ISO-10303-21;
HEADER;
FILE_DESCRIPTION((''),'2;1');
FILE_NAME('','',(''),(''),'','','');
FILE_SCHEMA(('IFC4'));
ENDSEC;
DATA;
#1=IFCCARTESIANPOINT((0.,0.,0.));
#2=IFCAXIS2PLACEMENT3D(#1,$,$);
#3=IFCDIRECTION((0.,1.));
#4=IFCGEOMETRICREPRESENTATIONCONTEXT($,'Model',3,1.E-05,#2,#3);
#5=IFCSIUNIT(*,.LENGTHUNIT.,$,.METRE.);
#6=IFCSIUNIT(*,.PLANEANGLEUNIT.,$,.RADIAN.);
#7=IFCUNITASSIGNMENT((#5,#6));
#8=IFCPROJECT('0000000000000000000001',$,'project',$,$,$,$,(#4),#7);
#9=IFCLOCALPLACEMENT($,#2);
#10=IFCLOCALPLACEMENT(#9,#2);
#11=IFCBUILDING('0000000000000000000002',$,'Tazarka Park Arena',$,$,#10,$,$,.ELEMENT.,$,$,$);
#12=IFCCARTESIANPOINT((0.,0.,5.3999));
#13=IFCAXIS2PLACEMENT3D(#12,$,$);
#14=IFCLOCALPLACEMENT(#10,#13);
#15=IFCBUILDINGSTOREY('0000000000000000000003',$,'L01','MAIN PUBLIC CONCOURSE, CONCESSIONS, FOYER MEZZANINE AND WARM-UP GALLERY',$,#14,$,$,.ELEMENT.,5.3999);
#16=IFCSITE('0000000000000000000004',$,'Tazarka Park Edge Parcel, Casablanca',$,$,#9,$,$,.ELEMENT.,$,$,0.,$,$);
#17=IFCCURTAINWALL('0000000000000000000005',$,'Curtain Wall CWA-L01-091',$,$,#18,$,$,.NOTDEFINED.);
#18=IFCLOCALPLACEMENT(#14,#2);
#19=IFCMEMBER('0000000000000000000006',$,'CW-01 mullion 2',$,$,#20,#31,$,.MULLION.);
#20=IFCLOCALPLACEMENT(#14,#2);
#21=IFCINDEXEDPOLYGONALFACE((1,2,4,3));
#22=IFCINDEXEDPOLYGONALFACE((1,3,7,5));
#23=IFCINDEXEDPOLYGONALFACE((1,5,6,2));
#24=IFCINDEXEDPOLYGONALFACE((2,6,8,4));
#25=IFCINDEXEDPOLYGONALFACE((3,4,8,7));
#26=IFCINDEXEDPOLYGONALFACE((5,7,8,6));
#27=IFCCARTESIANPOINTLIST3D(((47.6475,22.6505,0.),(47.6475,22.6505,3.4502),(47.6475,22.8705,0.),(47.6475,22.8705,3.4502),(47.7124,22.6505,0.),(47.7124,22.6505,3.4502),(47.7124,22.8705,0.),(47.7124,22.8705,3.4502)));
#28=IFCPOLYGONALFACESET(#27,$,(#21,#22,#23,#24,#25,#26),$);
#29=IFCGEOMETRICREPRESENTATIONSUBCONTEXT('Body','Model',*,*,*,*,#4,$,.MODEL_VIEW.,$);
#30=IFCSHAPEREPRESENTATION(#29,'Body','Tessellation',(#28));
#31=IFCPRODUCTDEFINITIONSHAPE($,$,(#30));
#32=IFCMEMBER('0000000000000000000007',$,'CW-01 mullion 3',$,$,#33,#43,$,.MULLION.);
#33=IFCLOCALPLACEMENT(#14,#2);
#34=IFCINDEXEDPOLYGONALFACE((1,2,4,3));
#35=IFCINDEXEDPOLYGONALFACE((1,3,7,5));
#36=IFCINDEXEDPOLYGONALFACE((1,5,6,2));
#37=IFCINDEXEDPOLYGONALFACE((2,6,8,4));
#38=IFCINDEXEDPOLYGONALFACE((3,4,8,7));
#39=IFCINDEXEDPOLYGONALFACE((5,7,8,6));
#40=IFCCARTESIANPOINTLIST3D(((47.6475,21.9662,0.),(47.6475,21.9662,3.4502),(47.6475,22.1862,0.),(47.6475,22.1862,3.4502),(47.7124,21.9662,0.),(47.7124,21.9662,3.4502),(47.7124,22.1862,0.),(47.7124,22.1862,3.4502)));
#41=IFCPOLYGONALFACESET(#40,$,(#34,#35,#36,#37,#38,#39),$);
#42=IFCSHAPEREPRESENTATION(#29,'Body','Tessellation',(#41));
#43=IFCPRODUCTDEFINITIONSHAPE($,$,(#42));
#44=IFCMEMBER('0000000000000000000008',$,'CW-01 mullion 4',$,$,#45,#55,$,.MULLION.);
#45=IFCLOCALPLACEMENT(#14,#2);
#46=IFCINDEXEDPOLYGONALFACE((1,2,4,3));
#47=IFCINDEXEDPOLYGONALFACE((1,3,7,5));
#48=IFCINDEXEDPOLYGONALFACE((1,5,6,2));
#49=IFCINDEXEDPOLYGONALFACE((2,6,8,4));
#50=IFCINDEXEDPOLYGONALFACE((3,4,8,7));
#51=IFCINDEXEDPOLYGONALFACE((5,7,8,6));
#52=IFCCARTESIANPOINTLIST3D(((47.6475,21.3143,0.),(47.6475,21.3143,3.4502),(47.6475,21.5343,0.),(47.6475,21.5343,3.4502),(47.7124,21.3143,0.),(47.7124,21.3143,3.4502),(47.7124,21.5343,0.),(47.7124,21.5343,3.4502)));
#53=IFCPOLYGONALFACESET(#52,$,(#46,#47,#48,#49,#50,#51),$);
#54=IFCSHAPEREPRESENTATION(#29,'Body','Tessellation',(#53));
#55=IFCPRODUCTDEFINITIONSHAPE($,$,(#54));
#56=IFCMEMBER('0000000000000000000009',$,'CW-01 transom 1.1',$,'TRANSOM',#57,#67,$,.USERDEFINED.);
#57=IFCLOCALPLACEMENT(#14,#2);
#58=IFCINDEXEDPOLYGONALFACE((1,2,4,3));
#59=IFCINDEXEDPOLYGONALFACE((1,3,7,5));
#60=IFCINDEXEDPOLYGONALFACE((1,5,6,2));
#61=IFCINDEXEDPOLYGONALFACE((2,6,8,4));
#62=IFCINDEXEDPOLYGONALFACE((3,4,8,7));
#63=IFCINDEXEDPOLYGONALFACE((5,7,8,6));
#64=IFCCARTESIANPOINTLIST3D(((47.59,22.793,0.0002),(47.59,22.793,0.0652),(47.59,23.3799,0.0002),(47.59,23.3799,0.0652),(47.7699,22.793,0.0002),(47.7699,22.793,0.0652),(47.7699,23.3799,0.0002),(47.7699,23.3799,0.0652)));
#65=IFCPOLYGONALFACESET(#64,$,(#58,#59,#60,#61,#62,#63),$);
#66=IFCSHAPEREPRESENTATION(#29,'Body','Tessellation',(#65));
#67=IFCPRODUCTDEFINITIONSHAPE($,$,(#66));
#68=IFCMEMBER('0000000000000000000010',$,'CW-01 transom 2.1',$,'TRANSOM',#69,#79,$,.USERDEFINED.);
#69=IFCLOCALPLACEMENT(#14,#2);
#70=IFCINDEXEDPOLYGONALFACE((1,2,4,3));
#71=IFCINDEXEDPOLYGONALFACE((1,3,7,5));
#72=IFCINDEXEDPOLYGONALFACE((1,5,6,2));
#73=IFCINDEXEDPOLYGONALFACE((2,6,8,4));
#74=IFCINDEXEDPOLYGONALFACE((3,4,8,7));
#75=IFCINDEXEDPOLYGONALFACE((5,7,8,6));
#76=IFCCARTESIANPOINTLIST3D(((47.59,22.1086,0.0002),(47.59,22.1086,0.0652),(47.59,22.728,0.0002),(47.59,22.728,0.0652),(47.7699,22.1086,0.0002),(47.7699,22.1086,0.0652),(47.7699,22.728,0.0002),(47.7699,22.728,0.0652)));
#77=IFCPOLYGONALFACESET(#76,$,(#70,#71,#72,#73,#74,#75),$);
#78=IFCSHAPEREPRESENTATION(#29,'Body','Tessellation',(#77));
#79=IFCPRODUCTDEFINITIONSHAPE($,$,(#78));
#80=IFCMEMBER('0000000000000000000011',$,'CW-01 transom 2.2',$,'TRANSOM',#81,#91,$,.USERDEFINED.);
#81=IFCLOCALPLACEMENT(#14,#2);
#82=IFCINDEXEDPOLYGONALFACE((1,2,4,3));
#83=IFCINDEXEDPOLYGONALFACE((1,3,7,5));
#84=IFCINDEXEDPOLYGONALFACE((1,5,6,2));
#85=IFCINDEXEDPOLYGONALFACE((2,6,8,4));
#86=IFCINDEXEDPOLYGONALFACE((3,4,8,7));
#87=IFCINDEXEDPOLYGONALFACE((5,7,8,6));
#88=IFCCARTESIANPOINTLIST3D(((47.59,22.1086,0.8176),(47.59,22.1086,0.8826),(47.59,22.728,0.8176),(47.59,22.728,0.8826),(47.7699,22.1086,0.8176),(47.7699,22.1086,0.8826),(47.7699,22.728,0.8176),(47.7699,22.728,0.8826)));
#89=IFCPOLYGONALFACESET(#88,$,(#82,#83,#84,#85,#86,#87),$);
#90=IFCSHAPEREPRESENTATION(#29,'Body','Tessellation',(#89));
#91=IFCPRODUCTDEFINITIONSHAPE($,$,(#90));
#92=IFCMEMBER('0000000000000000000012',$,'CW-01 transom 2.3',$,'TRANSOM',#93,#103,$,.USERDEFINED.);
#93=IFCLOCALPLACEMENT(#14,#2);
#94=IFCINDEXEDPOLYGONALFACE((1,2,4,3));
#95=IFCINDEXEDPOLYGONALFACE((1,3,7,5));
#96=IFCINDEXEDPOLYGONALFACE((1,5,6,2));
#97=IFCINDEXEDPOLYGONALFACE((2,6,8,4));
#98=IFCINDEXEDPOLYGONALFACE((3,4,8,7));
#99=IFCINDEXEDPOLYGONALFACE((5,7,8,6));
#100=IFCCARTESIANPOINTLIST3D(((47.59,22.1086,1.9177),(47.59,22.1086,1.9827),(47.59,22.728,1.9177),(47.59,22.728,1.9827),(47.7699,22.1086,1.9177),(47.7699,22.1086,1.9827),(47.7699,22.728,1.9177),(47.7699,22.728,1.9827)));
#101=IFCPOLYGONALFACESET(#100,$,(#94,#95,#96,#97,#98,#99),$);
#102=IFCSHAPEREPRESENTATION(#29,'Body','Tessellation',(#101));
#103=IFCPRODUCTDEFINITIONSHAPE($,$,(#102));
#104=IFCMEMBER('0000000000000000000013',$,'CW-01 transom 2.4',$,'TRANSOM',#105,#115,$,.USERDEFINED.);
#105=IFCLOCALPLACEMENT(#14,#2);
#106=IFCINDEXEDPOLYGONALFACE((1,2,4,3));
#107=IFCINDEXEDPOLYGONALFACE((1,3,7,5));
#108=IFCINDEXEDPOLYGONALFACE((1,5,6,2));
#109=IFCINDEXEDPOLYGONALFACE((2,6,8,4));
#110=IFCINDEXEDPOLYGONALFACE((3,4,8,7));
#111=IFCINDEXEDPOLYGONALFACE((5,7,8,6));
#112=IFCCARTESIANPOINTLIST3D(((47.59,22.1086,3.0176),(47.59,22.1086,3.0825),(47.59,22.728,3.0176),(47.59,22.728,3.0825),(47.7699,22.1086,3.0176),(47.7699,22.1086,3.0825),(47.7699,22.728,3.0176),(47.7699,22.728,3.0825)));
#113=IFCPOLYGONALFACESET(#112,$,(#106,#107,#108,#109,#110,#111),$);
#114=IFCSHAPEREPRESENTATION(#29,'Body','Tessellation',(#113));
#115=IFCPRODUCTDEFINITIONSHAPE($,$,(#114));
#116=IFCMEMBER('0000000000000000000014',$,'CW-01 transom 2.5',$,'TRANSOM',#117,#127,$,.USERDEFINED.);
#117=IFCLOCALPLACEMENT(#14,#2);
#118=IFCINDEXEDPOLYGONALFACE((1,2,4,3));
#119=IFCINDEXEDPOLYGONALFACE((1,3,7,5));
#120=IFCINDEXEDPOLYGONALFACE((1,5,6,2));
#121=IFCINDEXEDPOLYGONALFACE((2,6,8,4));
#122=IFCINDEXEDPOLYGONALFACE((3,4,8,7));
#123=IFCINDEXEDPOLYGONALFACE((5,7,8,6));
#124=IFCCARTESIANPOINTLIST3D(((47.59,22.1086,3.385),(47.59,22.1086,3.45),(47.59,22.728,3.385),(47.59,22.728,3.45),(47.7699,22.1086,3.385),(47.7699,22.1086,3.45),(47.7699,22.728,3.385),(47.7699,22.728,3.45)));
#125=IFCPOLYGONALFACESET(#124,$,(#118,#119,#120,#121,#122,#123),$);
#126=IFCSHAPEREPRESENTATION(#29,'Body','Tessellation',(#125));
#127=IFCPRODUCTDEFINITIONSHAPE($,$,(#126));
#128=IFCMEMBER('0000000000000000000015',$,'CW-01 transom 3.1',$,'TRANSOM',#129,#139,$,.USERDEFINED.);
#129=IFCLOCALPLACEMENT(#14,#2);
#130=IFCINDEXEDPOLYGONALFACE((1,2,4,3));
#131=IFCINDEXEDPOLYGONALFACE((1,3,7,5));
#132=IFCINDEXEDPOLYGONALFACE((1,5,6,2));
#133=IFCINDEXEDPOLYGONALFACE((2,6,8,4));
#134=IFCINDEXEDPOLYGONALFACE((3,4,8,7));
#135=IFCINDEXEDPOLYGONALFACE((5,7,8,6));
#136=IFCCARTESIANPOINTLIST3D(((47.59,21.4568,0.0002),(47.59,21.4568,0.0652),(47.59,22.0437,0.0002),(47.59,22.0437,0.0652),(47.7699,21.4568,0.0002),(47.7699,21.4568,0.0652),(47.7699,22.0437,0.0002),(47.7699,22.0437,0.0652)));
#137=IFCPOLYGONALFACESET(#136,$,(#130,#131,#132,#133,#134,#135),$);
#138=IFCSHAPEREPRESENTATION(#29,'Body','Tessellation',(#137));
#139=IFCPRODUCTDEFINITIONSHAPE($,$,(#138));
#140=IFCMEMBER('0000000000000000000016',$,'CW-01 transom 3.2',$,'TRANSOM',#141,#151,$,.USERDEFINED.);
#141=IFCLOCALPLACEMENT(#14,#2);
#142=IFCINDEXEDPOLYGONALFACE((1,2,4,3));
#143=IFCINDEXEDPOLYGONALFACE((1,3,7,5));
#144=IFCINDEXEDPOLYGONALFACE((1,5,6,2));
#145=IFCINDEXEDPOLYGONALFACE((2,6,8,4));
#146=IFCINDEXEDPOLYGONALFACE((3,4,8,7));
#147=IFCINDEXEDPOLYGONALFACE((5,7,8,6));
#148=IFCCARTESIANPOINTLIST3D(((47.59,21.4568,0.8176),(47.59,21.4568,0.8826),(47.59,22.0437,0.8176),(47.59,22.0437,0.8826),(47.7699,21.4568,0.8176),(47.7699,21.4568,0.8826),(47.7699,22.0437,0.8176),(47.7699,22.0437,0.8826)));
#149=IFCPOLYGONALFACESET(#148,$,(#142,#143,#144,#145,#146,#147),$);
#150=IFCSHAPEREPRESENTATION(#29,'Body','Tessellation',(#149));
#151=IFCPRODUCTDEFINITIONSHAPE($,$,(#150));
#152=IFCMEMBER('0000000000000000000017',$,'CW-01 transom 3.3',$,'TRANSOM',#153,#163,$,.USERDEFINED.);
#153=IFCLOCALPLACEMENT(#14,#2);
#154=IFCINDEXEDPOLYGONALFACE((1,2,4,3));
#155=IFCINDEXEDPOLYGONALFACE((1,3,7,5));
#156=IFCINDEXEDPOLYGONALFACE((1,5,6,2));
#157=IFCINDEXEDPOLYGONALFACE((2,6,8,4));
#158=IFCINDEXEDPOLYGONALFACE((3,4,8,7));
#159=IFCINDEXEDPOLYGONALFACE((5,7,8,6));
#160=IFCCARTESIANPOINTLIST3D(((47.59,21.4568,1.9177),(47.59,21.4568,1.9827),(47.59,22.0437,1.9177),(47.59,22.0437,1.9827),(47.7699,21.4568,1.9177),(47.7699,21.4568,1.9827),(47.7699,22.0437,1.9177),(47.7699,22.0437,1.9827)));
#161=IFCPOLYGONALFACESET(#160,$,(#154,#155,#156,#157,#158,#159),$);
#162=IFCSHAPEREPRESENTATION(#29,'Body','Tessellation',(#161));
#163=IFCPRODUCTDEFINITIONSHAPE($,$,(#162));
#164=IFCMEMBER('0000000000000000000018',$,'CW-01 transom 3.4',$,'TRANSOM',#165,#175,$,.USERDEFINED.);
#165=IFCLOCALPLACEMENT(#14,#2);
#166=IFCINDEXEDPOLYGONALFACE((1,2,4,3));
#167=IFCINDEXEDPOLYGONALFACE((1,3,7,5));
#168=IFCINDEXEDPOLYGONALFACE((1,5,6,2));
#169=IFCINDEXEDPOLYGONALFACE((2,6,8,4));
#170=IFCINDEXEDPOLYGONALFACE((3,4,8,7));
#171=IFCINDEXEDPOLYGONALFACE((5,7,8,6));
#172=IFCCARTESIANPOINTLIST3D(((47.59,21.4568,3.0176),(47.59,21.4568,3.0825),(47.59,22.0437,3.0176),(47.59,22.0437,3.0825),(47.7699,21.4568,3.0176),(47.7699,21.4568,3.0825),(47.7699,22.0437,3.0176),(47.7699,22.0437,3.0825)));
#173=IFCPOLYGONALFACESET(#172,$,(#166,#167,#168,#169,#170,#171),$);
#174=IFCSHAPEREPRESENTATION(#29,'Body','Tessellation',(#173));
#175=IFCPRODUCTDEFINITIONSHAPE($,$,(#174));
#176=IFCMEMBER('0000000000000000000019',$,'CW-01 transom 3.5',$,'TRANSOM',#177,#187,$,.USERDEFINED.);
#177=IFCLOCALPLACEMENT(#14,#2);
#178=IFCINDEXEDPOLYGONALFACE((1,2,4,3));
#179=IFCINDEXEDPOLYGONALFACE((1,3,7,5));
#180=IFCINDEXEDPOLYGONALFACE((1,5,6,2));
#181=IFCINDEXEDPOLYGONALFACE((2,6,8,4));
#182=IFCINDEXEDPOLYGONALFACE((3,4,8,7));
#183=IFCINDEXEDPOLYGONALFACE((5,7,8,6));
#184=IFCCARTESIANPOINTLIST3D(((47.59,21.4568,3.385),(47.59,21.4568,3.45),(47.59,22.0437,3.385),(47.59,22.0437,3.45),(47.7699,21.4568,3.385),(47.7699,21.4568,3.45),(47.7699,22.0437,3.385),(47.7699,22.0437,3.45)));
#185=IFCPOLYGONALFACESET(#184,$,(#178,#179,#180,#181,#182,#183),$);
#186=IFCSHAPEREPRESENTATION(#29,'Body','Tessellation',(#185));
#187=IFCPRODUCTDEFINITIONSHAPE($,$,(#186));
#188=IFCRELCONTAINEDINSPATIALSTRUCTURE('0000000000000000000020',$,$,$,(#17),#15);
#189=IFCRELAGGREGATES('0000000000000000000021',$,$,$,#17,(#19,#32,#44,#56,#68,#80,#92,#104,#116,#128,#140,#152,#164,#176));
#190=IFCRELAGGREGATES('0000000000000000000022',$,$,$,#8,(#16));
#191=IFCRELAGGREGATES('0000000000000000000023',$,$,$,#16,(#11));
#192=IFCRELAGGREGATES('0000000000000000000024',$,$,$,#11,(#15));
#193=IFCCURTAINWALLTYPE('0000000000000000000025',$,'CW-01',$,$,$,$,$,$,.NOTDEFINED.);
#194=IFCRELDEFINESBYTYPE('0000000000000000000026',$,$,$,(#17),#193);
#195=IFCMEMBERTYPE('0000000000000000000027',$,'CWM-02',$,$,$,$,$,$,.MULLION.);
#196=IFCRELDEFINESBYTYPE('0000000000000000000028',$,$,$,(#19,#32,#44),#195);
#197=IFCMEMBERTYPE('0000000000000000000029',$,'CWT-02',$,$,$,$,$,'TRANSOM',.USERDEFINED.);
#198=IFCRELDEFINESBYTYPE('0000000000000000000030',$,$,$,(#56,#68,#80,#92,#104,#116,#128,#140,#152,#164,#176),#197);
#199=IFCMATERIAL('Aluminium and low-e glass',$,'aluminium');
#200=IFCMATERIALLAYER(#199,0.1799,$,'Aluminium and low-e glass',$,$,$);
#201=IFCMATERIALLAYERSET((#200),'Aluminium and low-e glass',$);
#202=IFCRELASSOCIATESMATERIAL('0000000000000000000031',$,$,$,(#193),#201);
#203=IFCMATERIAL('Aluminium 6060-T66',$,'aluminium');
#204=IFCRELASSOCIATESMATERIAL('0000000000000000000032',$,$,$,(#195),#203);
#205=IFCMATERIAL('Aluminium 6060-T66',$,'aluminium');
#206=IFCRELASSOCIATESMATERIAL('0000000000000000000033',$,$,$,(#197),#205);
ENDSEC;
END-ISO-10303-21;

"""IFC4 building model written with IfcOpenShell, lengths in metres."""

from ifc_helpers import new_model, si_unit, direction, frame, origin, origin_2d, place, context, subcontext, project, spatial, rectangle, extrude, material, layer, layer_set, material_profile, profile_set, type_object, element, aggregate, save


model = new_model("IFC4")

# Units and contexts
model_context = context("Model", 3, precision=1e-05, world=origin(), true_north=direction((0.0, 1.0)))
body_context = subcontext(model_context, "Body", "Model", "MODEL_VIEW")
ifc_project = project(units=[si_unit("LENGTHUNIT", "METRE"), si_unit("PLANEANGLEUNIT", "RADIAN")], contexts=[model_context])

# Site, building, storey
site_placement = place(None, origin())
site = spatial("IfcSite", under=ifc_project, at=site_placement, Name="Tazarka Park Edge Parcel, Casablanca", CompositionType="ELEMENT", RefElevation=0.0)
building_placement = place(site_placement, origin())
building = spatial("IfcBuilding", under=site, at=building_placement, Name="Tazarka Park Arena", CompositionType="ELEMENT")
storey_placement = place(building_placement, frame((0.0, 0.0, 5.3999)))
storey = spatial("IfcBuildingStorey", under=building, at=storey_placement, Name="L01", Description="MAIN PUBLIC CONCOURSE, CONCESSIONS, FOYER MEZZANINE AND WARM-UP GALLERY", CompositionType="ELEMENT", Elevation=5.3999)

# Curtain wall, members
ifc_material_1 = material(Name="Aluminium and low-e glass", Category="aluminium")
ifc_layer_1 = layer(ifc_material_1, 0.1799, Name="Aluminium and low-e glass")
ifc_layer_set_1 = layer_set([ifc_layer_1], Name="Aluminium and low-e glass")
curtain_wall_type = type_object("IfcCurtainWallType", Name="CW-01", PredefinedType="NOTDEFINED", material=ifc_layer_set_1)
curtain_wall_placement = place(storey_placement, origin())
curtain_wall = element("IfcCurtainWall", 1, at=curtain_wall_placement, inside=storey, type_object=curtain_wall_type, Name="Curtain Wall CWA-L01-091", PredefinedType="NOTDEFINED")
ifc_material_2 = material(Name="Aluminium 6060-T66", Category="aluminium")
ifc_material_profile_1 = material_profile(ifc_material_2, rectangle(XDim=0.0649, YDim=0.22, at=origin_2d()), Name="Aluminium 6060-T66")
ifc_profile_set_1 = profile_set([ifc_material_profile_1], Name="Aluminium 6060-T66")
member_type_1 = type_object("IfcMemberType", Name="CWM-02", PredefinedType="MULLION", material=ifc_profile_set_1)
member_1_placement = place(storey_placement, frame((47.6799, 22.7605, 0.0), z_axis=(0.0, 0.0, 1.0), x_axis=(1.0, 0.0, 0.0)))
member_1 = element("IfcMember", 2, at=member_1_placement, type_object=member_type_1, Name="CW-01 mullion 2", PredefinedType="MULLION", context=body_context, shape_type="SweptSolid", body=[
    extrude(rectangle(XDim=0.0649, YDim=0.22, at=origin_2d()), origin(), (0.0, 0.0, 1.0), 3.4502),
])
member_2_placement = place(storey_placement, frame((47.6799, 22.0762, 0.0), z_axis=(0.0, 0.0, 1.0), x_axis=(1.0, 0.0, 0.0)))
member_2 = element("IfcMember", 3, at=member_2_placement, type_object=member_type_1, Name="CW-01 mullion 3", PredefinedType="MULLION", context=body_context, shape_type="SweptSolid", body=[
    extrude(rectangle(XDim=0.0649, YDim=0.22, at=origin_2d()), origin(), (0.0, 0.0, 1.0), 3.4502),
])
member_3_placement = place(storey_placement, frame((47.6799, 21.4243, 0.0), z_axis=(0.0, 0.0, 1.0), x_axis=(1.0, 0.0, 0.0)))
member_3 = element("IfcMember", 4, at=member_3_placement, type_object=member_type_1, Name="CW-01 mullion 4", PredefinedType="MULLION", context=body_context, shape_type="SweptSolid", body=[
    extrude(rectangle(XDim=0.0649, YDim=0.22, at=origin_2d()), origin(), (0.0, 0.0, 1.0), 3.4502),
])
ifc_material_3 = material(Name="Aluminium 6060-T66", Category="aluminium")
ifc_material_profile_2 = material_profile(ifc_material_3, rectangle(XDim=0.1799, YDim=0.0649, at=origin_2d()), Name="Aluminium 6060-T66")
ifc_profile_set_2 = profile_set([ifc_material_profile_2], Name="Aluminium 6060-T66")
member_type_2 = type_object("IfcMemberType", Name="CWT-02", ElementType="TRANSOM", PredefinedType="USERDEFINED", material=ifc_profile_set_2)
member_4_placement = place(storey_placement, frame((47.6799, 23.3799, 0.0327), z_axis=(0.0, -1.0, 0.0), x_axis=(1.0, 0.0, 0.0)))
member_4 = element("IfcMember", 5, at=member_4_placement, type_object=member_type_2, Name="CW-01 transom 1.1", ObjectType="TRANSOM", PredefinedType="USERDEFINED", context=body_context, shape_type="SweptSolid", body=[
    extrude(rectangle(XDim=0.1799, YDim=0.0649, at=origin_2d()), origin(), (0.0, 0.0, 1.0), 0.5869),
])
member_5_placement = place(storey_placement, frame((47.6799, 22.728, 0.0327), z_axis=(0.0, -1.0, 0.0), x_axis=(1.0, 0.0, 0.0)))
member_5 = element("IfcMember", 6, at=member_5_placement, type_object=member_type_2, Name="CW-01 transom 2.1", ObjectType="TRANSOM", PredefinedType="USERDEFINED", context=body_context, shape_type="SweptSolid", body=[
    extrude(rectangle(XDim=0.1799, YDim=0.0649, at=origin_2d()), origin(), (0.0, 0.0, 1.0), 0.6194),
])
member_6_placement = place(storey_placement, frame((47.6799, 22.728, 0.8501), z_axis=(0.0, -1.0, 0.0), x_axis=(1.0, 0.0, 0.0)))
member_6 = element("IfcMember", 7, at=member_6_placement, type_object=member_type_2, Name="CW-01 transom 2.2", ObjectType="TRANSOM", PredefinedType="USERDEFINED", context=body_context, shape_type="SweptSolid", body=[
    extrude(rectangle(XDim=0.1799, YDim=0.0649, at=origin_2d()), origin(), (0.0, 0.0, 1.0), 0.6194),
])
member_7_placement = place(storey_placement, frame((47.6799, 22.728, 1.9502), z_axis=(0.0, -1.0, 0.0), x_axis=(1.0, 0.0, 0.0)))
member_7 = element("IfcMember", 8, at=member_7_placement, type_object=member_type_2, Name="CW-01 transom 2.3", ObjectType="TRANSOM", PredefinedType="USERDEFINED", context=body_context, shape_type="SweptSolid", body=[
    extrude(rectangle(XDim=0.1799, YDim=0.0649, at=origin_2d()), origin(), (0.0, 0.0, 1.0), 0.6194),
])
member_8_placement = place(storey_placement, frame((47.6799, 22.728, 3.05), z_axis=(0.0, -1.0, 0.0), x_axis=(1.0, 0.0, 0.0)))
member_8 = element("IfcMember", 9, at=member_8_placement, type_object=member_type_2, Name="CW-01 transom 2.4", ObjectType="TRANSOM", PredefinedType="USERDEFINED", context=body_context, shape_type="SweptSolid", body=[
    extrude(rectangle(XDim=0.1799, YDim=0.0649, at=origin_2d()), origin(), (0.0, 0.0, 1.0), 0.6194),
])
member_9_placement = place(storey_placement, frame((47.6799, 22.728, 3.4175), z_axis=(0.0, -1.0, 0.0), x_axis=(1.0, 0.0, 0.0)))
member_9 = element("IfcMember", 10, at=member_9_placement, type_object=member_type_2, Name="CW-01 transom 2.5", ObjectType="TRANSOM", PredefinedType="USERDEFINED", context=body_context, shape_type="SweptSolid", body=[
    extrude(rectangle(XDim=0.1799, YDim=0.0649, at=origin_2d()), origin(), (0.0, 0.0, 1.0), 0.6194),
])
member_10_placement = place(storey_placement, frame((47.6799, 22.0437, 0.0327), z_axis=(0.0, -1.0, 0.0), x_axis=(1.0, 0.0, 0.0)))
member_10 = element("IfcMember", 11, at=member_10_placement, type_object=member_type_2, Name="CW-01 transom 3.1", ObjectType="TRANSOM", PredefinedType="USERDEFINED", context=body_context, shape_type="SweptSolid", body=[
    extrude(rectangle(XDim=0.1799, YDim=0.0649, at=origin_2d()), origin(), (0.0, 0.0, 1.0), 0.5869),
])
member_11_placement = place(storey_placement, frame((47.6799, 22.0437, 0.8501), z_axis=(0.0, -1.0, 0.0), x_axis=(1.0, 0.0, 0.0)))
member_11 = element("IfcMember", 12, at=member_11_placement, type_object=member_type_2, Name="CW-01 transom 3.2", ObjectType="TRANSOM", PredefinedType="USERDEFINED", context=body_context, shape_type="SweptSolid", body=[
    extrude(rectangle(XDim=0.1799, YDim=0.0649, at=origin_2d()), origin(), (0.0, 0.0, 1.0), 0.5869),
])
member_12_placement = place(storey_placement, frame((47.6799, 22.0437, 1.9502), z_axis=(0.0, -1.0, 0.0), x_axis=(1.0, 0.0, 0.0)))
member_12 = element("IfcMember", 13, at=member_12_placement, type_object=member_type_2, Name="CW-01 transom 3.3", ObjectType="TRANSOM", PredefinedType="USERDEFINED", context=body_context, shape_type="SweptSolid", body=[
    extrude(rectangle(XDim=0.1799, YDim=0.0649, at=origin_2d()), origin(), (0.0, 0.0, 1.0), 0.5869),
])
member_13_placement = place(storey_placement, frame((47.6799, 22.0437, 3.05), z_axis=(0.0, -1.0, 0.0), x_axis=(1.0, 0.0, 0.0)))
member_13 = element("IfcMember", 14, at=member_13_placement, type_object=member_type_2, Name="CW-01 transom 3.4", ObjectType="TRANSOM", PredefinedType="USERDEFINED", context=body_context, shape_type="SweptSolid", body=[
    extrude(rectangle(XDim=0.1799, YDim=0.0649, at=origin_2d()), origin(), (0.0, 0.0, 1.0), 0.5869),
])
member_14_placement = place(storey_placement, frame((47.6799, 22.0437, 3.4175), z_axis=(0.0, -1.0, 0.0), x_axis=(1.0, 0.0, 0.0)))
member_14 = element("IfcMember", 15, at=member_14_placement, type_object=member_type_2, Name="CW-01 transom 3.5", ObjectType="TRANSOM", PredefinedType="USERDEFINED", context=body_context, shape_type="SweptSolid", body=[
    extrude(rectangle(XDim=0.1799, YDim=0.0649, at=origin_2d()), origin(), (0.0, 0.0, 1.0), 0.5869),
])
aggregate(curtain_wall, [member_1, member_2, member_3, member_4, member_5, member_6, member_7, member_8, member_9, member_10, member_11, member_12, member_13, member_14])

save(model, "model.ifc")
